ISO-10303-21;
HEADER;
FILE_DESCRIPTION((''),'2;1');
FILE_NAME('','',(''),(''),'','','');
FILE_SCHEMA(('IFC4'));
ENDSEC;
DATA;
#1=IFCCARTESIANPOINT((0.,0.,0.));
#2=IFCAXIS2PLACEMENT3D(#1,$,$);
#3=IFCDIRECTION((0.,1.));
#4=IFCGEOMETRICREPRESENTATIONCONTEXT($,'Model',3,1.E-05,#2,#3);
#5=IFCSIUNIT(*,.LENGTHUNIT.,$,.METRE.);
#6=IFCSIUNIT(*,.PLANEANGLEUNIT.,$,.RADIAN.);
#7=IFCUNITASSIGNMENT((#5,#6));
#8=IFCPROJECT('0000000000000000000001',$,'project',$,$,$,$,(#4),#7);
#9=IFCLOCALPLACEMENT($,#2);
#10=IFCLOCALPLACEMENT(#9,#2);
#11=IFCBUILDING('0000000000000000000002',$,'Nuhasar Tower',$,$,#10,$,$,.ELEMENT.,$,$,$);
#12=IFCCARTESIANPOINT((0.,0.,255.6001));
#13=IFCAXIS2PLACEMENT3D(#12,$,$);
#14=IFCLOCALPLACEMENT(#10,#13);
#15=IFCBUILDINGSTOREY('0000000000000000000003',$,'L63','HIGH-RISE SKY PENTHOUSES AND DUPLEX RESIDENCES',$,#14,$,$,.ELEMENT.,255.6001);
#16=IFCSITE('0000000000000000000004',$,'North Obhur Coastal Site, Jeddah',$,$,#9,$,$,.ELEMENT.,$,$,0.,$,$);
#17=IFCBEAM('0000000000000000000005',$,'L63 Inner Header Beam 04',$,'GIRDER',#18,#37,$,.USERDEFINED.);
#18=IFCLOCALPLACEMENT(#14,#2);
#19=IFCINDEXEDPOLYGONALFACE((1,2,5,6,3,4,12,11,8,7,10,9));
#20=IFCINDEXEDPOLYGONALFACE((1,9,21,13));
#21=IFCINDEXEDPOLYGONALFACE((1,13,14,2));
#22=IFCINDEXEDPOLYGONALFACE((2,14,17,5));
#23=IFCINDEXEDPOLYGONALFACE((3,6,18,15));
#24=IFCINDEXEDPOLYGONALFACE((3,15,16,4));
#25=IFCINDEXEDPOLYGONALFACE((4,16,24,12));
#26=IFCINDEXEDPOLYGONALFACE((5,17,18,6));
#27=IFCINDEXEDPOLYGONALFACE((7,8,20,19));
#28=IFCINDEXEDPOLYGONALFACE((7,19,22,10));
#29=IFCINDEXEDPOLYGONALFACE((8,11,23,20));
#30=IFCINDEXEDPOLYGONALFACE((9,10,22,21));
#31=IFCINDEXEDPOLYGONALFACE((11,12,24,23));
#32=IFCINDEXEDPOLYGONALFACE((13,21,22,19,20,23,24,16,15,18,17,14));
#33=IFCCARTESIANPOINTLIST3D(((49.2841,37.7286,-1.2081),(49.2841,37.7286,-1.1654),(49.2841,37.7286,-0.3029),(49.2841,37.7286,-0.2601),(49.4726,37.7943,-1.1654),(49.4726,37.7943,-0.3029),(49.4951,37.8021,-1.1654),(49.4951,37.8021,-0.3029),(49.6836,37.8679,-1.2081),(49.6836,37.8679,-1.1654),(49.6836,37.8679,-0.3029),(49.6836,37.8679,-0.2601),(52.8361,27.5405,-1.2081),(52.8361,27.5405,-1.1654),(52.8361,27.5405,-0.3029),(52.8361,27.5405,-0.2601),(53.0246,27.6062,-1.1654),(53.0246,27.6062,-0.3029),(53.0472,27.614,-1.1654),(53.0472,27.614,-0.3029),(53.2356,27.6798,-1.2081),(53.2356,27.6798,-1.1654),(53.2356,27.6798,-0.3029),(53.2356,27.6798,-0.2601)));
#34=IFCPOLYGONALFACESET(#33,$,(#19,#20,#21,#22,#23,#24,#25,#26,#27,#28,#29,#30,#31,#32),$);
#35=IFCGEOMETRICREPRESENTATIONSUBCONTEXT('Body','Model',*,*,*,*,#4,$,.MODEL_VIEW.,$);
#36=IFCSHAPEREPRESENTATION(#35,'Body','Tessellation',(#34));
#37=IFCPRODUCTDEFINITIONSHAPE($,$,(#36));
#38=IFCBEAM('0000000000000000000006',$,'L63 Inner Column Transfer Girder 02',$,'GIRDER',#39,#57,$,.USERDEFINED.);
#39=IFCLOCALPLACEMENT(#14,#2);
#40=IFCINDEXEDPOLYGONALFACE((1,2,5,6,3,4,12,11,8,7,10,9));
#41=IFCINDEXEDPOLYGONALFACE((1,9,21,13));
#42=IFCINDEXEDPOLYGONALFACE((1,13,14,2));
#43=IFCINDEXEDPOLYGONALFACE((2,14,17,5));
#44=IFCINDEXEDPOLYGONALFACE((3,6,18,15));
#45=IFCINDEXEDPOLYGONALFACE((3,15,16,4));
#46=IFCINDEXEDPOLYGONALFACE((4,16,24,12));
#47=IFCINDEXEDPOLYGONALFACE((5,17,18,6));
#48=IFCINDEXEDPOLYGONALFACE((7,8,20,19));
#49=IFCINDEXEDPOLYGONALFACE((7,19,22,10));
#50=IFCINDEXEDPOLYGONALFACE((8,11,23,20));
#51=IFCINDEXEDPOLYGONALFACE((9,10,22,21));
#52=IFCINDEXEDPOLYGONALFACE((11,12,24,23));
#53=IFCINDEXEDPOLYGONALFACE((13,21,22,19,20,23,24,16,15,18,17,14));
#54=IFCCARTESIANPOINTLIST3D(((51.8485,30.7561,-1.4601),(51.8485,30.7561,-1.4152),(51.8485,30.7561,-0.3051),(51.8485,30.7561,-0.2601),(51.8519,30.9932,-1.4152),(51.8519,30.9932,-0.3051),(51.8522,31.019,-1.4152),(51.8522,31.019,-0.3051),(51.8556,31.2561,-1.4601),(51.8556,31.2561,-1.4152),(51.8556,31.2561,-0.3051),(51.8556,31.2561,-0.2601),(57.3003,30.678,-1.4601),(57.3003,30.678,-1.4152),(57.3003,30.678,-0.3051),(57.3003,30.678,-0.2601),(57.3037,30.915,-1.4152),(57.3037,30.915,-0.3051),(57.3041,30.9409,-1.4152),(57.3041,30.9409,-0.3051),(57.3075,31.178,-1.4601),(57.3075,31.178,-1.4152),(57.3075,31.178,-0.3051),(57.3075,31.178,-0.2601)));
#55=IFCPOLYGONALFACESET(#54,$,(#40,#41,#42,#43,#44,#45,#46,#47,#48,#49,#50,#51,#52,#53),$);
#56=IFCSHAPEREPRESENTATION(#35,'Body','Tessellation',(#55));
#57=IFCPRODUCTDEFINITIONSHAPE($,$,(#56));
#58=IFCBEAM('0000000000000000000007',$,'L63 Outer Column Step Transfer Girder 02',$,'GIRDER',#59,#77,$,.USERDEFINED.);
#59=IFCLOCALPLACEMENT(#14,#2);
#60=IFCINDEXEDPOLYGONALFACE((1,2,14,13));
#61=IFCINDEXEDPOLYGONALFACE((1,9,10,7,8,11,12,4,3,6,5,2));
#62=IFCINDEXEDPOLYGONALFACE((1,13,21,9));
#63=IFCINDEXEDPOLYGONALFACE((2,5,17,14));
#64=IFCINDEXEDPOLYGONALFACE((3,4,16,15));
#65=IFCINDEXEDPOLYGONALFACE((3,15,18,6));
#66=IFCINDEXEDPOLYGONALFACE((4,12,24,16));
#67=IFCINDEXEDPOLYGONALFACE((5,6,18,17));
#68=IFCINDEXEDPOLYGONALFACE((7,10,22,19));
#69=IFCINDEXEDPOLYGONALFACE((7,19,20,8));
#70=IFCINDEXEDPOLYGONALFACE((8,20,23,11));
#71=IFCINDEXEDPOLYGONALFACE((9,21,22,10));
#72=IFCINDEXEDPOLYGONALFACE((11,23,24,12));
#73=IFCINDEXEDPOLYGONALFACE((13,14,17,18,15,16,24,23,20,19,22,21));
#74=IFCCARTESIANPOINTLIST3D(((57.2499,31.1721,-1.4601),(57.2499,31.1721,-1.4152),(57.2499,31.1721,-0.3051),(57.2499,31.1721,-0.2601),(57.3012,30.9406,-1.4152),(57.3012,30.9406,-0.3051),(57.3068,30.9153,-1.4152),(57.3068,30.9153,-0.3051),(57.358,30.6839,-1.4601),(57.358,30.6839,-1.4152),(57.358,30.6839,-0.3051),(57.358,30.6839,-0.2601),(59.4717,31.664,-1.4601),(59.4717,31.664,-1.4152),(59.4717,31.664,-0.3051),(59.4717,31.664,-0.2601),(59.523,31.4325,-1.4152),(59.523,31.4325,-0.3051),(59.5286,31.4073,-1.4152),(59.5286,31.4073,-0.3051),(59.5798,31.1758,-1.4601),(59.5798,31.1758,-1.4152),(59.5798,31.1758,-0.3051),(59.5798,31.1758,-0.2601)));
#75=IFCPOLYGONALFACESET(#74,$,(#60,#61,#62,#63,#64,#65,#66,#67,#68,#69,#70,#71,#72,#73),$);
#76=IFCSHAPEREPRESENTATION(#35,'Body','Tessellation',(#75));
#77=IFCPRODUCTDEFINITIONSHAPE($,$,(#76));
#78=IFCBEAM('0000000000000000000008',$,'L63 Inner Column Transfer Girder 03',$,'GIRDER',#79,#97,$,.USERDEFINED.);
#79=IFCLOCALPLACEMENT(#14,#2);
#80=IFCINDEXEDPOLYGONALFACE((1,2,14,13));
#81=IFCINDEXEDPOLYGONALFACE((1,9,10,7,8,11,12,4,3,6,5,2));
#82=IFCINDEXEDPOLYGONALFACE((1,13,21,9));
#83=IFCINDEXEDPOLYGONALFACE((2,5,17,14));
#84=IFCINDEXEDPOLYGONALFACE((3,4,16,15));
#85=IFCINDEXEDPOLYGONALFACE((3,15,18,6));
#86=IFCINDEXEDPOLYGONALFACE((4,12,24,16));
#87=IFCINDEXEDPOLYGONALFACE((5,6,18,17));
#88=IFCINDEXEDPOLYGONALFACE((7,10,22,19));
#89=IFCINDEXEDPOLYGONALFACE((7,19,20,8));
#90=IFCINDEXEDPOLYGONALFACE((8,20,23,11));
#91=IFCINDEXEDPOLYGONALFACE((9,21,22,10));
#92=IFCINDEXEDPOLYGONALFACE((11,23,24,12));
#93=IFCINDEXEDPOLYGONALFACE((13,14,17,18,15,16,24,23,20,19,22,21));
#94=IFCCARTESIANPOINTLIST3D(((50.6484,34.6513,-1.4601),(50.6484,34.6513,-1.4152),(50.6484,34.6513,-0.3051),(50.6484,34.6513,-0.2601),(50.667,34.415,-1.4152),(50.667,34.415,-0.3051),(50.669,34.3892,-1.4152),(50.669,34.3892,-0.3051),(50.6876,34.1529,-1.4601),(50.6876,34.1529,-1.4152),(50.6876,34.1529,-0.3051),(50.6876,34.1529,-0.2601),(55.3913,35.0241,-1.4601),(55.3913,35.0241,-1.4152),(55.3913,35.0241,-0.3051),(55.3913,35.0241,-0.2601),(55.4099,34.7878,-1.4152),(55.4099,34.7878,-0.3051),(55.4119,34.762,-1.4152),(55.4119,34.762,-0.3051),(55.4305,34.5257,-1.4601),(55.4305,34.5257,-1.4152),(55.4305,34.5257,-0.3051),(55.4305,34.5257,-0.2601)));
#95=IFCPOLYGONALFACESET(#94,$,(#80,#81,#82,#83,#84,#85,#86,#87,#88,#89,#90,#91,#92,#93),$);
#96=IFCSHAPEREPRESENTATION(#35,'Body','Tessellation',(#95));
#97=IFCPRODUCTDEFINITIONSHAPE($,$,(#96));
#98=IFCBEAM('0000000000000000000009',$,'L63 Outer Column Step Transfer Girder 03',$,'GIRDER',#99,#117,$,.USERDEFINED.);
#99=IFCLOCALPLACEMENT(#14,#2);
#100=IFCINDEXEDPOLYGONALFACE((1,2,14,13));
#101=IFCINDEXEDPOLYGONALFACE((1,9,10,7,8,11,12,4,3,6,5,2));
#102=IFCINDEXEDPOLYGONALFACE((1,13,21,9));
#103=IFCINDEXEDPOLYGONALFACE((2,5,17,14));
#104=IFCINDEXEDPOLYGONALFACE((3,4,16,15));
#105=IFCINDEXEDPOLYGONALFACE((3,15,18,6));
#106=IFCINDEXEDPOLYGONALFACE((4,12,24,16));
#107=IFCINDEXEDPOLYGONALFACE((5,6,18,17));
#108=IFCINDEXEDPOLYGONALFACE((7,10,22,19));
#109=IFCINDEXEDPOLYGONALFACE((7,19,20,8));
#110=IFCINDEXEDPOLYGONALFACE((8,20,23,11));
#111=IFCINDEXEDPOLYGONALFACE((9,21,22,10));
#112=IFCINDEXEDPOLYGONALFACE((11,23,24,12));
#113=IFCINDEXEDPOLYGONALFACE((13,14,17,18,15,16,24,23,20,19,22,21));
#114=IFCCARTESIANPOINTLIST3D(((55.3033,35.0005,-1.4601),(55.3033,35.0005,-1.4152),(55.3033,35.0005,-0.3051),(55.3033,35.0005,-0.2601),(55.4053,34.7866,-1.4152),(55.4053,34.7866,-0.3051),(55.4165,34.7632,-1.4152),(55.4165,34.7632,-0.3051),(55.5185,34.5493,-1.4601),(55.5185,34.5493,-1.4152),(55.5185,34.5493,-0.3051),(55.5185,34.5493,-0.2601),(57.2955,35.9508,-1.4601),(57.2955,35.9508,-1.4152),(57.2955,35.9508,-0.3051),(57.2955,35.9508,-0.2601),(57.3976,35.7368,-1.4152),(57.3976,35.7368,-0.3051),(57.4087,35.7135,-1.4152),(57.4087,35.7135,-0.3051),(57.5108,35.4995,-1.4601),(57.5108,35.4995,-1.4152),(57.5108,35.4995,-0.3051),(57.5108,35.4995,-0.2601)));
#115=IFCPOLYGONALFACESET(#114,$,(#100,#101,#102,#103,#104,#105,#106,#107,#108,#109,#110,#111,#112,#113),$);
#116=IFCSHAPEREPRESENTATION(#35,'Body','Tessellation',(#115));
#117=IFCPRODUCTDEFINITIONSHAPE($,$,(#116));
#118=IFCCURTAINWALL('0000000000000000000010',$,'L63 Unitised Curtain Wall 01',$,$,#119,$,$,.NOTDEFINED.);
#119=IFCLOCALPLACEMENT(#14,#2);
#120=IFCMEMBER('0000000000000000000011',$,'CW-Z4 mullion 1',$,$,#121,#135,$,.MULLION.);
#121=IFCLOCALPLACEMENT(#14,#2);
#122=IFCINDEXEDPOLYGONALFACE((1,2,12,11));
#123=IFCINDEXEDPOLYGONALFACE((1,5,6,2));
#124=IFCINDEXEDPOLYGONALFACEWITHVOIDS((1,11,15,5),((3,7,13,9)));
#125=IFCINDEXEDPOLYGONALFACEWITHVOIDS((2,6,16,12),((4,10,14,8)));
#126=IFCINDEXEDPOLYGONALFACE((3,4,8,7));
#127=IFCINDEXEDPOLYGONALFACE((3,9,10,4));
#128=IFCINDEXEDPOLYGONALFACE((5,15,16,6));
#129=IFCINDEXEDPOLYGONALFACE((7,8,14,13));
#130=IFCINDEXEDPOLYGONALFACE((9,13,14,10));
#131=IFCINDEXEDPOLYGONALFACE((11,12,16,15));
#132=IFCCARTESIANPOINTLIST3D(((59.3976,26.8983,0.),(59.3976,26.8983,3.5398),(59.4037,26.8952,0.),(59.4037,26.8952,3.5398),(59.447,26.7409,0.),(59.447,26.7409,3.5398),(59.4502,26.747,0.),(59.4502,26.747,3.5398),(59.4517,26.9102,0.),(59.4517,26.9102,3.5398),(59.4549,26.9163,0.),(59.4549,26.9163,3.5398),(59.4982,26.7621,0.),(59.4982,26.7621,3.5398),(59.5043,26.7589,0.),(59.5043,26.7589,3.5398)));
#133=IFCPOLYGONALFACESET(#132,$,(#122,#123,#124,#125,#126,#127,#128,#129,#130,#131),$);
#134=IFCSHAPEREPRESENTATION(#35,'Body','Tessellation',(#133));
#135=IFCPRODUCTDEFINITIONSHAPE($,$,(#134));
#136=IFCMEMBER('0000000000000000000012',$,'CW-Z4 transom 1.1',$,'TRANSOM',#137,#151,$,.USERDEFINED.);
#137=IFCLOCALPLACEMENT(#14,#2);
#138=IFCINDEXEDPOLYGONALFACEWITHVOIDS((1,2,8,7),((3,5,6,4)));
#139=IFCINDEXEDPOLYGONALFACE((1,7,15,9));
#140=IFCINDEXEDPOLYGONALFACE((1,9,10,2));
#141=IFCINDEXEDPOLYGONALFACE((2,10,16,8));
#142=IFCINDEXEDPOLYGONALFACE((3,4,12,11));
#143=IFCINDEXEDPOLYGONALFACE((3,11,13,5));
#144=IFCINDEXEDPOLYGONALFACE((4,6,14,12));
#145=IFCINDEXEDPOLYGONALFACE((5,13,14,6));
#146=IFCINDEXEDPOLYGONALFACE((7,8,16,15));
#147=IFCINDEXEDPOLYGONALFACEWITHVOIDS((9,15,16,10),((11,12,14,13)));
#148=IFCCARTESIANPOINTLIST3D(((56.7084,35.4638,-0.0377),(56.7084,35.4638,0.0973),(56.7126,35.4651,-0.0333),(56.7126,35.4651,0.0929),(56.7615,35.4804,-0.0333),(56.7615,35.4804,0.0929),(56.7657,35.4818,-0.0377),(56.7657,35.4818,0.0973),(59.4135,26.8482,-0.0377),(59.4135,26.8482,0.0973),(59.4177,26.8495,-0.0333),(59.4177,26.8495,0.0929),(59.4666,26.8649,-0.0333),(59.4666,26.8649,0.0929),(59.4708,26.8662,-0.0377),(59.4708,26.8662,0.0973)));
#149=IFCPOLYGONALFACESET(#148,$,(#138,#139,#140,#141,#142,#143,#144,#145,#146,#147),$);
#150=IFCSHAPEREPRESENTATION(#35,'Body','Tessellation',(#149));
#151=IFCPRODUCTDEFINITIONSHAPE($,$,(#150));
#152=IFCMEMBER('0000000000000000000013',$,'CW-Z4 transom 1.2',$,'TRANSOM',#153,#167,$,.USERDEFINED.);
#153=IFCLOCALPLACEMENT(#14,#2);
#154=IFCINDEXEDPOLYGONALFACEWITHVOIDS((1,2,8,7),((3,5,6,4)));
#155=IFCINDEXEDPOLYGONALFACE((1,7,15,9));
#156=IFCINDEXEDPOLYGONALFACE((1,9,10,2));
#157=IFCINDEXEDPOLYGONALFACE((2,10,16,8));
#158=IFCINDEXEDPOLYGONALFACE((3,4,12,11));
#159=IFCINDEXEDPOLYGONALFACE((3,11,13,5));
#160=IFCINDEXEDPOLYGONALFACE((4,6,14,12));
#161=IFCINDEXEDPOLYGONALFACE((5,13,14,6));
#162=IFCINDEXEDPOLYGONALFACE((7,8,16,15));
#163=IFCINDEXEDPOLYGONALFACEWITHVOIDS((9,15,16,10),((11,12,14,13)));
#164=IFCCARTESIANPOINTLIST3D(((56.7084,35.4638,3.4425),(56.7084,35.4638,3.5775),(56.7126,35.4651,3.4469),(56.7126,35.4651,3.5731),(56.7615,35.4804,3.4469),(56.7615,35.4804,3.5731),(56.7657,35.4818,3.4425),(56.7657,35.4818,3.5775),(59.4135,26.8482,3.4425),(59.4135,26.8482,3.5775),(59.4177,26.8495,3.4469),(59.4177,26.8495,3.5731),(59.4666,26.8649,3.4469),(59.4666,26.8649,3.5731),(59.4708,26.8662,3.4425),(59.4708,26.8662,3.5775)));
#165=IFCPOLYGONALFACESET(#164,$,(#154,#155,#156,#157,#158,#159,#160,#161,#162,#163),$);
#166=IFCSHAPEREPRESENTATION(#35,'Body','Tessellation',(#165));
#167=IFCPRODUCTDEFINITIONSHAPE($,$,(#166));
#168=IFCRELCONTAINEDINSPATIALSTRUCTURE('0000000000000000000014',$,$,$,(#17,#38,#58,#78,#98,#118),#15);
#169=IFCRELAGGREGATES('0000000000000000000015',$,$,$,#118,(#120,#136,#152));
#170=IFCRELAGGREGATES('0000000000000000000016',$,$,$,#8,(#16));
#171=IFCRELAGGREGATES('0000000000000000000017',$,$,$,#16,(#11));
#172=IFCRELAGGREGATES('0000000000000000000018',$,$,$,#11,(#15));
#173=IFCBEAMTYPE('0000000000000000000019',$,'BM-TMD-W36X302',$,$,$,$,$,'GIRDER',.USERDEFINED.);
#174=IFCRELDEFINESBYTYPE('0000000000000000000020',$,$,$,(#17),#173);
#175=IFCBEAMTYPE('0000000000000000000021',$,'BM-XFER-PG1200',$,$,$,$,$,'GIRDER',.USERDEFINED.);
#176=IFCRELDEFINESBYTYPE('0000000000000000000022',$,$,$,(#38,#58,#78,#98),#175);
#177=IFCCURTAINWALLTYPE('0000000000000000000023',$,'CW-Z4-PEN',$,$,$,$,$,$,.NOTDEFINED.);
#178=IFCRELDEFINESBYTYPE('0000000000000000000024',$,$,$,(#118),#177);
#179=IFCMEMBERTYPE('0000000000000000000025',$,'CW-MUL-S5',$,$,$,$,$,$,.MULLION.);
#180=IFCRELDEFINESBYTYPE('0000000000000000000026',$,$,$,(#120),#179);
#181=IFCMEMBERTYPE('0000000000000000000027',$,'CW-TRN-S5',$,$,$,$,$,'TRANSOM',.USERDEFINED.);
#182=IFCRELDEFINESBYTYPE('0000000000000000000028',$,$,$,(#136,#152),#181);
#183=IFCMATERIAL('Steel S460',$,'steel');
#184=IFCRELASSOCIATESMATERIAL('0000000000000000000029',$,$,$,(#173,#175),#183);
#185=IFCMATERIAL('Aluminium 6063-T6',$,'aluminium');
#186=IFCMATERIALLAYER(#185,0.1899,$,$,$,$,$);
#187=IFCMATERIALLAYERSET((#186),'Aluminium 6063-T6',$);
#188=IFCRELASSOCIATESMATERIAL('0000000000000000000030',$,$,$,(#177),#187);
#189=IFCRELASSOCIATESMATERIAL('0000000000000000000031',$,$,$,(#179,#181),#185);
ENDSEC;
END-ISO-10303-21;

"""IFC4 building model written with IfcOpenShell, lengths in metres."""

from ifc_helpers import new_model, si_unit, direction, frame, origin, origin_2d, place, context, subcontext, project, spatial, hollow_rectangle, i_section, extrude, material, layer, layer_set, material_profile, profile_set, type_object, element, aggregate, save


model = new_model("IFC4")

# Units and contexts
model_context = context("Model", 3, precision=1e-05, world=origin(), true_north=direction((0.0, 1.0)))
body_context = subcontext(model_context, "Body", "Model", "MODEL_VIEW")
ifc_project = project(units=[si_unit("LENGTHUNIT", "METRE"), si_unit("PLANEANGLEUNIT", "RADIAN")], contexts=[model_context])

# Site, building, storey
site_placement = place(None, origin())
site = spatial("IfcSite", under=ifc_project, at=site_placement, Name="North Obhur Coastal Site, Jeddah", CompositionType="ELEMENT", RefElevation=0.0)
building_placement = place(site_placement, origin())
building = spatial("IfcBuilding", under=site, at=building_placement, Name="Nuhasar Tower", CompositionType="ELEMENT")
storey_placement = place(building_placement, frame((0.0, 0.0, 255.6001)))
storey = spatial("IfcBuildingStorey", under=building, at=storey_placement, Name="L63", Description="HIGH-RISE SKY PENTHOUSES AND DUPLEX RESIDENCES", CompositionType="ELEMENT", Elevation=255.6001)

# Beams
ifc_material_1 = material(Name="Steel S460", Category="steel")
ifc_material_profile_1 = material_profile(ifc_material_1, i_section(OverallWidth=0.4231, OverallDepth=0.948, WebThickness=0.0239, FlangeThickness=0.0427, at=origin_2d()), Name="W36X302")
ifc_profile_set_1 = profile_set([ifc_material_profile_1], Name="Steel S460")
beam_type_1 = type_object("IfcBeamType", Name="BM-TMD-W36X302", ElementType="GIRDER", PredefinedType="USERDEFINED", material=ifc_profile_set_1)
beam_1_placement = place(storey_placement, frame((53.0359, 27.6101, -0.7341), z_axis=(-0.329211, 0.944256, 0.0), x_axis=(-0.944256, -0.329211, 0.0)))
element("IfcBeam", 1, at=beam_1_placement, inside=storey, type_object=beam_type_1, Name="L63 Inner Header Beam 04", ObjectType="GIRDER", PredefinedType="USERDEFINED", context=body_context, shape_type="SweptSolid", body=[
    extrude(i_section(OverallWidth=0.4231, OverallDepth=0.948, WebThickness=0.0239, FlangeThickness=0.0427, at=origin_2d()), origin(), (0.0, 0.0, 1.0), 10.7896),
])
ifc_material_profile_2 = material_profile(ifc_material_1, i_section(OverallWidth=0.5, OverallDepth=1.2, WebThickness=0.0259, FlangeThickness=0.0449, at=origin_2d()), Name="PG1200X500")
ifc_profile_set_2 = profile_set([ifc_material_profile_2], Name="Steel S460")
beam_type_2 = type_object("IfcBeamType", Name="BM-XFER-PG1200", ElementType="GIRDER", PredefinedType="USERDEFINED", material=ifc_profile_set_2)
beam_2_placement = place(storey_placement, frame((51.8521, 31.0061, -0.8601), z_axis=(0.999897, -0.014328, 0.0), x_axis=(0.014328, 0.999897, 0.0)))
element("IfcBeam", 2, at=beam_2_placement, inside=storey, type_object=beam_type_2, Name="L63 Inner Column Transfer Girder 02", ObjectType="GIRDER", PredefinedType="USERDEFINED", context=body_context, shape_type="SweptSolid", body=[
    extrude(i_section(OverallWidth=0.5, OverallDepth=1.2, WebThickness=0.0259, FlangeThickness=0.0449, at=origin_2d()), origin(), (0.0, 0.0, 1.0), 5.4524),
])
beam_3_placement = place(storey_placement, frame((57.304, 30.928, -0.8601), z_axis=(0.976356, 0.216169, 0.0), x_axis=(-0.216169, 0.976356, 0.0)))
element("IfcBeam", 3, at=beam_3_placement, inside=storey, type_object=beam_type_2, Name="L63 Outer Column Step Transfer Girder 02", ObjectType="GIRDER", PredefinedType="USERDEFINED", context=body_context, shape_type="SweptSolid", body=[
    extrude(i_section(OverallWidth=0.5, OverallDepth=1.2, WebThickness=0.0259, FlangeThickness=0.0449, at=origin_2d()), origin(), (0.0, 0.0, 1.0), 2.2756),
])
beam_4_placement = place(storey_placement, frame((50.668, 34.4021, -0.8601), z_axis=(0.996925, 0.07836, 0.0), x_axis=(-0.07836, 0.996925, 0.0)))
element("IfcBeam", 4, at=beam_4_placement, inside=storey, type_object=beam_type_2, Name="L63 Inner Column Transfer Girder 03", ObjectType="GIRDER", PredefinedType="USERDEFINED", context=body_context, shape_type="SweptSolid", body=[
    extrude(i_section(OverallWidth=0.5, OverallDepth=1.2, WebThickness=0.0259, FlangeThickness=0.0449, at=origin_2d()), origin(), (0.0, 0.0, 1.0), 4.7576),
])
beam_5_placement = place(storey_placement, frame((55.4109, 34.7749, -0.8601), z_axis=(0.90259, 0.4305, 0.0), x_axis=(-0.4305, 0.90259, 0.0)))
element("IfcBeam", 5, at=beam_5_placement, inside=storey, type_object=beam_type_2, Name="L63 Outer Column Step Transfer Girder 03", ObjectType="GIRDER", PredefinedType="USERDEFINED", context=body_context, shape_type="SweptSolid", body=[
    extrude(i_section(OverallWidth=0.5, OverallDepth=1.2, WebThickness=0.0259, FlangeThickness=0.0449, at=origin_2d()), origin(), (0.0, 0.0, 1.0), 2.2073),
])

# Curtain wall, members
ifc_material_2 = material(Name="Aluminium 6063-T6", Category="aluminium")
ifc_layer_1 = layer(ifc_material_2, 0.1899)
ifc_layer_set_1 = layer_set([ifc_layer_1], Name="Aluminium 6063-T6")
curtain_wall_type = type_object("IfcCurtainWallType", Name="CW-Z4-PEN", PredefinedType="NOTDEFINED", material=ifc_layer_set_1)
curtain_wall_placement = place(storey_placement, origin())
curtain_wall = element("IfcCurtainWall", 6, at=curtain_wall_placement, inside=storey, type_object=curtain_wall_type, Name="L63 Unitised Curtain Wall 01", PredefinedType="NOTDEFINED")
ifc_material_profile_3 = material_profile(ifc_material_2, hollow_rectangle(XDim=0.0601, YDim=0.165, WallThickness=0.0049, at=origin_2d()), Name="CWM-5")
ifc_profile_set_3 = profile_set([ifc_material_profile_3], Name="Aluminium 6063-T6")
member_type_1 = type_object("IfcMemberType", Name="CW-MUL-S5", PredefinedType="MULLION", material=ifc_profile_set_3)
member_1_placement = place(storey_placement, frame((59.4509, 26.8286, 0.0), z_axis=(0.0, 0.0, 1.0), x_axis=(-0.954079, -0.299557, 0.0)))
member_1 = element("IfcMember", 7, at=member_1_placement, type_object=member_type_1, Name="CW-Z4 mullion 1", PredefinedType="MULLION", context=body_context, shape_type="SweptSolid", body=[
    extrude(hollow_rectangle(XDim=0.0601, YDim=0.165, WallThickness=0.0049, at=origin_2d()), origin(), (0.0, 0.0, 1.0), 3.5398),
])
ifc_material_profile_4 = material_profile(ifc_material_2, hollow_rectangle(XDim=0.0601, YDim=0.135, WallThickness=0.0044, at=origin_2d()), Name="CWT-5")
ifc_profile_set_4 = profile_set([ifc_material_profile_4], Name="Aluminium 6063-T6")
member_type_2 = type_object("IfcMemberType", Name="CW-TRN-S5", ElementType="TRANSOM", PredefinedType="USERDEFINED", material=ifc_profile_set_4)
member_2_placement = place(storey_placement, frame((59.4421, 26.8572, 0.0298), z_axis=(-0.29956, 0.954077, 0.0), x_axis=(-0.954077, -0.29956, 0.0)))
member_2 = element("IfcMember", 8, at=member_2_placement, type_object=member_type_2, Name="CW-Z4 transom 1.1", ObjectType="TRANSOM", PredefinedType="USERDEFINED", context=body_context, shape_type="SweptSolid", body=[
    extrude(hollow_rectangle(XDim=0.0601, YDim=0.135, WallThickness=0.0044, at=origin_2d()), origin(), (0.0, 0.0, 1.0), 9.0303),
])
member_3_placement = place(storey_placement, frame((59.4421, 26.8572, 3.51), z_axis=(-0.29956, 0.954077, 0.0), x_axis=(-0.954077, -0.29956, 0.0)))
member_3 = element("IfcMember", 9, at=member_3_placement, type_object=member_type_2, Name="CW-Z4 transom 1.2", ObjectType="TRANSOM", PredefinedType="USERDEFINED", context=body_context, shape_type="SweptSolid", body=[
    extrude(hollow_rectangle(XDim=0.0601, YDim=0.135, WallThickness=0.0044, at=origin_2d()), origin(), (0.0, 0.0, 1.0), 9.0303),
])

aggregate(curtain_wall, [member_1, member_2, member_3])

save(model, "model.ifc")
